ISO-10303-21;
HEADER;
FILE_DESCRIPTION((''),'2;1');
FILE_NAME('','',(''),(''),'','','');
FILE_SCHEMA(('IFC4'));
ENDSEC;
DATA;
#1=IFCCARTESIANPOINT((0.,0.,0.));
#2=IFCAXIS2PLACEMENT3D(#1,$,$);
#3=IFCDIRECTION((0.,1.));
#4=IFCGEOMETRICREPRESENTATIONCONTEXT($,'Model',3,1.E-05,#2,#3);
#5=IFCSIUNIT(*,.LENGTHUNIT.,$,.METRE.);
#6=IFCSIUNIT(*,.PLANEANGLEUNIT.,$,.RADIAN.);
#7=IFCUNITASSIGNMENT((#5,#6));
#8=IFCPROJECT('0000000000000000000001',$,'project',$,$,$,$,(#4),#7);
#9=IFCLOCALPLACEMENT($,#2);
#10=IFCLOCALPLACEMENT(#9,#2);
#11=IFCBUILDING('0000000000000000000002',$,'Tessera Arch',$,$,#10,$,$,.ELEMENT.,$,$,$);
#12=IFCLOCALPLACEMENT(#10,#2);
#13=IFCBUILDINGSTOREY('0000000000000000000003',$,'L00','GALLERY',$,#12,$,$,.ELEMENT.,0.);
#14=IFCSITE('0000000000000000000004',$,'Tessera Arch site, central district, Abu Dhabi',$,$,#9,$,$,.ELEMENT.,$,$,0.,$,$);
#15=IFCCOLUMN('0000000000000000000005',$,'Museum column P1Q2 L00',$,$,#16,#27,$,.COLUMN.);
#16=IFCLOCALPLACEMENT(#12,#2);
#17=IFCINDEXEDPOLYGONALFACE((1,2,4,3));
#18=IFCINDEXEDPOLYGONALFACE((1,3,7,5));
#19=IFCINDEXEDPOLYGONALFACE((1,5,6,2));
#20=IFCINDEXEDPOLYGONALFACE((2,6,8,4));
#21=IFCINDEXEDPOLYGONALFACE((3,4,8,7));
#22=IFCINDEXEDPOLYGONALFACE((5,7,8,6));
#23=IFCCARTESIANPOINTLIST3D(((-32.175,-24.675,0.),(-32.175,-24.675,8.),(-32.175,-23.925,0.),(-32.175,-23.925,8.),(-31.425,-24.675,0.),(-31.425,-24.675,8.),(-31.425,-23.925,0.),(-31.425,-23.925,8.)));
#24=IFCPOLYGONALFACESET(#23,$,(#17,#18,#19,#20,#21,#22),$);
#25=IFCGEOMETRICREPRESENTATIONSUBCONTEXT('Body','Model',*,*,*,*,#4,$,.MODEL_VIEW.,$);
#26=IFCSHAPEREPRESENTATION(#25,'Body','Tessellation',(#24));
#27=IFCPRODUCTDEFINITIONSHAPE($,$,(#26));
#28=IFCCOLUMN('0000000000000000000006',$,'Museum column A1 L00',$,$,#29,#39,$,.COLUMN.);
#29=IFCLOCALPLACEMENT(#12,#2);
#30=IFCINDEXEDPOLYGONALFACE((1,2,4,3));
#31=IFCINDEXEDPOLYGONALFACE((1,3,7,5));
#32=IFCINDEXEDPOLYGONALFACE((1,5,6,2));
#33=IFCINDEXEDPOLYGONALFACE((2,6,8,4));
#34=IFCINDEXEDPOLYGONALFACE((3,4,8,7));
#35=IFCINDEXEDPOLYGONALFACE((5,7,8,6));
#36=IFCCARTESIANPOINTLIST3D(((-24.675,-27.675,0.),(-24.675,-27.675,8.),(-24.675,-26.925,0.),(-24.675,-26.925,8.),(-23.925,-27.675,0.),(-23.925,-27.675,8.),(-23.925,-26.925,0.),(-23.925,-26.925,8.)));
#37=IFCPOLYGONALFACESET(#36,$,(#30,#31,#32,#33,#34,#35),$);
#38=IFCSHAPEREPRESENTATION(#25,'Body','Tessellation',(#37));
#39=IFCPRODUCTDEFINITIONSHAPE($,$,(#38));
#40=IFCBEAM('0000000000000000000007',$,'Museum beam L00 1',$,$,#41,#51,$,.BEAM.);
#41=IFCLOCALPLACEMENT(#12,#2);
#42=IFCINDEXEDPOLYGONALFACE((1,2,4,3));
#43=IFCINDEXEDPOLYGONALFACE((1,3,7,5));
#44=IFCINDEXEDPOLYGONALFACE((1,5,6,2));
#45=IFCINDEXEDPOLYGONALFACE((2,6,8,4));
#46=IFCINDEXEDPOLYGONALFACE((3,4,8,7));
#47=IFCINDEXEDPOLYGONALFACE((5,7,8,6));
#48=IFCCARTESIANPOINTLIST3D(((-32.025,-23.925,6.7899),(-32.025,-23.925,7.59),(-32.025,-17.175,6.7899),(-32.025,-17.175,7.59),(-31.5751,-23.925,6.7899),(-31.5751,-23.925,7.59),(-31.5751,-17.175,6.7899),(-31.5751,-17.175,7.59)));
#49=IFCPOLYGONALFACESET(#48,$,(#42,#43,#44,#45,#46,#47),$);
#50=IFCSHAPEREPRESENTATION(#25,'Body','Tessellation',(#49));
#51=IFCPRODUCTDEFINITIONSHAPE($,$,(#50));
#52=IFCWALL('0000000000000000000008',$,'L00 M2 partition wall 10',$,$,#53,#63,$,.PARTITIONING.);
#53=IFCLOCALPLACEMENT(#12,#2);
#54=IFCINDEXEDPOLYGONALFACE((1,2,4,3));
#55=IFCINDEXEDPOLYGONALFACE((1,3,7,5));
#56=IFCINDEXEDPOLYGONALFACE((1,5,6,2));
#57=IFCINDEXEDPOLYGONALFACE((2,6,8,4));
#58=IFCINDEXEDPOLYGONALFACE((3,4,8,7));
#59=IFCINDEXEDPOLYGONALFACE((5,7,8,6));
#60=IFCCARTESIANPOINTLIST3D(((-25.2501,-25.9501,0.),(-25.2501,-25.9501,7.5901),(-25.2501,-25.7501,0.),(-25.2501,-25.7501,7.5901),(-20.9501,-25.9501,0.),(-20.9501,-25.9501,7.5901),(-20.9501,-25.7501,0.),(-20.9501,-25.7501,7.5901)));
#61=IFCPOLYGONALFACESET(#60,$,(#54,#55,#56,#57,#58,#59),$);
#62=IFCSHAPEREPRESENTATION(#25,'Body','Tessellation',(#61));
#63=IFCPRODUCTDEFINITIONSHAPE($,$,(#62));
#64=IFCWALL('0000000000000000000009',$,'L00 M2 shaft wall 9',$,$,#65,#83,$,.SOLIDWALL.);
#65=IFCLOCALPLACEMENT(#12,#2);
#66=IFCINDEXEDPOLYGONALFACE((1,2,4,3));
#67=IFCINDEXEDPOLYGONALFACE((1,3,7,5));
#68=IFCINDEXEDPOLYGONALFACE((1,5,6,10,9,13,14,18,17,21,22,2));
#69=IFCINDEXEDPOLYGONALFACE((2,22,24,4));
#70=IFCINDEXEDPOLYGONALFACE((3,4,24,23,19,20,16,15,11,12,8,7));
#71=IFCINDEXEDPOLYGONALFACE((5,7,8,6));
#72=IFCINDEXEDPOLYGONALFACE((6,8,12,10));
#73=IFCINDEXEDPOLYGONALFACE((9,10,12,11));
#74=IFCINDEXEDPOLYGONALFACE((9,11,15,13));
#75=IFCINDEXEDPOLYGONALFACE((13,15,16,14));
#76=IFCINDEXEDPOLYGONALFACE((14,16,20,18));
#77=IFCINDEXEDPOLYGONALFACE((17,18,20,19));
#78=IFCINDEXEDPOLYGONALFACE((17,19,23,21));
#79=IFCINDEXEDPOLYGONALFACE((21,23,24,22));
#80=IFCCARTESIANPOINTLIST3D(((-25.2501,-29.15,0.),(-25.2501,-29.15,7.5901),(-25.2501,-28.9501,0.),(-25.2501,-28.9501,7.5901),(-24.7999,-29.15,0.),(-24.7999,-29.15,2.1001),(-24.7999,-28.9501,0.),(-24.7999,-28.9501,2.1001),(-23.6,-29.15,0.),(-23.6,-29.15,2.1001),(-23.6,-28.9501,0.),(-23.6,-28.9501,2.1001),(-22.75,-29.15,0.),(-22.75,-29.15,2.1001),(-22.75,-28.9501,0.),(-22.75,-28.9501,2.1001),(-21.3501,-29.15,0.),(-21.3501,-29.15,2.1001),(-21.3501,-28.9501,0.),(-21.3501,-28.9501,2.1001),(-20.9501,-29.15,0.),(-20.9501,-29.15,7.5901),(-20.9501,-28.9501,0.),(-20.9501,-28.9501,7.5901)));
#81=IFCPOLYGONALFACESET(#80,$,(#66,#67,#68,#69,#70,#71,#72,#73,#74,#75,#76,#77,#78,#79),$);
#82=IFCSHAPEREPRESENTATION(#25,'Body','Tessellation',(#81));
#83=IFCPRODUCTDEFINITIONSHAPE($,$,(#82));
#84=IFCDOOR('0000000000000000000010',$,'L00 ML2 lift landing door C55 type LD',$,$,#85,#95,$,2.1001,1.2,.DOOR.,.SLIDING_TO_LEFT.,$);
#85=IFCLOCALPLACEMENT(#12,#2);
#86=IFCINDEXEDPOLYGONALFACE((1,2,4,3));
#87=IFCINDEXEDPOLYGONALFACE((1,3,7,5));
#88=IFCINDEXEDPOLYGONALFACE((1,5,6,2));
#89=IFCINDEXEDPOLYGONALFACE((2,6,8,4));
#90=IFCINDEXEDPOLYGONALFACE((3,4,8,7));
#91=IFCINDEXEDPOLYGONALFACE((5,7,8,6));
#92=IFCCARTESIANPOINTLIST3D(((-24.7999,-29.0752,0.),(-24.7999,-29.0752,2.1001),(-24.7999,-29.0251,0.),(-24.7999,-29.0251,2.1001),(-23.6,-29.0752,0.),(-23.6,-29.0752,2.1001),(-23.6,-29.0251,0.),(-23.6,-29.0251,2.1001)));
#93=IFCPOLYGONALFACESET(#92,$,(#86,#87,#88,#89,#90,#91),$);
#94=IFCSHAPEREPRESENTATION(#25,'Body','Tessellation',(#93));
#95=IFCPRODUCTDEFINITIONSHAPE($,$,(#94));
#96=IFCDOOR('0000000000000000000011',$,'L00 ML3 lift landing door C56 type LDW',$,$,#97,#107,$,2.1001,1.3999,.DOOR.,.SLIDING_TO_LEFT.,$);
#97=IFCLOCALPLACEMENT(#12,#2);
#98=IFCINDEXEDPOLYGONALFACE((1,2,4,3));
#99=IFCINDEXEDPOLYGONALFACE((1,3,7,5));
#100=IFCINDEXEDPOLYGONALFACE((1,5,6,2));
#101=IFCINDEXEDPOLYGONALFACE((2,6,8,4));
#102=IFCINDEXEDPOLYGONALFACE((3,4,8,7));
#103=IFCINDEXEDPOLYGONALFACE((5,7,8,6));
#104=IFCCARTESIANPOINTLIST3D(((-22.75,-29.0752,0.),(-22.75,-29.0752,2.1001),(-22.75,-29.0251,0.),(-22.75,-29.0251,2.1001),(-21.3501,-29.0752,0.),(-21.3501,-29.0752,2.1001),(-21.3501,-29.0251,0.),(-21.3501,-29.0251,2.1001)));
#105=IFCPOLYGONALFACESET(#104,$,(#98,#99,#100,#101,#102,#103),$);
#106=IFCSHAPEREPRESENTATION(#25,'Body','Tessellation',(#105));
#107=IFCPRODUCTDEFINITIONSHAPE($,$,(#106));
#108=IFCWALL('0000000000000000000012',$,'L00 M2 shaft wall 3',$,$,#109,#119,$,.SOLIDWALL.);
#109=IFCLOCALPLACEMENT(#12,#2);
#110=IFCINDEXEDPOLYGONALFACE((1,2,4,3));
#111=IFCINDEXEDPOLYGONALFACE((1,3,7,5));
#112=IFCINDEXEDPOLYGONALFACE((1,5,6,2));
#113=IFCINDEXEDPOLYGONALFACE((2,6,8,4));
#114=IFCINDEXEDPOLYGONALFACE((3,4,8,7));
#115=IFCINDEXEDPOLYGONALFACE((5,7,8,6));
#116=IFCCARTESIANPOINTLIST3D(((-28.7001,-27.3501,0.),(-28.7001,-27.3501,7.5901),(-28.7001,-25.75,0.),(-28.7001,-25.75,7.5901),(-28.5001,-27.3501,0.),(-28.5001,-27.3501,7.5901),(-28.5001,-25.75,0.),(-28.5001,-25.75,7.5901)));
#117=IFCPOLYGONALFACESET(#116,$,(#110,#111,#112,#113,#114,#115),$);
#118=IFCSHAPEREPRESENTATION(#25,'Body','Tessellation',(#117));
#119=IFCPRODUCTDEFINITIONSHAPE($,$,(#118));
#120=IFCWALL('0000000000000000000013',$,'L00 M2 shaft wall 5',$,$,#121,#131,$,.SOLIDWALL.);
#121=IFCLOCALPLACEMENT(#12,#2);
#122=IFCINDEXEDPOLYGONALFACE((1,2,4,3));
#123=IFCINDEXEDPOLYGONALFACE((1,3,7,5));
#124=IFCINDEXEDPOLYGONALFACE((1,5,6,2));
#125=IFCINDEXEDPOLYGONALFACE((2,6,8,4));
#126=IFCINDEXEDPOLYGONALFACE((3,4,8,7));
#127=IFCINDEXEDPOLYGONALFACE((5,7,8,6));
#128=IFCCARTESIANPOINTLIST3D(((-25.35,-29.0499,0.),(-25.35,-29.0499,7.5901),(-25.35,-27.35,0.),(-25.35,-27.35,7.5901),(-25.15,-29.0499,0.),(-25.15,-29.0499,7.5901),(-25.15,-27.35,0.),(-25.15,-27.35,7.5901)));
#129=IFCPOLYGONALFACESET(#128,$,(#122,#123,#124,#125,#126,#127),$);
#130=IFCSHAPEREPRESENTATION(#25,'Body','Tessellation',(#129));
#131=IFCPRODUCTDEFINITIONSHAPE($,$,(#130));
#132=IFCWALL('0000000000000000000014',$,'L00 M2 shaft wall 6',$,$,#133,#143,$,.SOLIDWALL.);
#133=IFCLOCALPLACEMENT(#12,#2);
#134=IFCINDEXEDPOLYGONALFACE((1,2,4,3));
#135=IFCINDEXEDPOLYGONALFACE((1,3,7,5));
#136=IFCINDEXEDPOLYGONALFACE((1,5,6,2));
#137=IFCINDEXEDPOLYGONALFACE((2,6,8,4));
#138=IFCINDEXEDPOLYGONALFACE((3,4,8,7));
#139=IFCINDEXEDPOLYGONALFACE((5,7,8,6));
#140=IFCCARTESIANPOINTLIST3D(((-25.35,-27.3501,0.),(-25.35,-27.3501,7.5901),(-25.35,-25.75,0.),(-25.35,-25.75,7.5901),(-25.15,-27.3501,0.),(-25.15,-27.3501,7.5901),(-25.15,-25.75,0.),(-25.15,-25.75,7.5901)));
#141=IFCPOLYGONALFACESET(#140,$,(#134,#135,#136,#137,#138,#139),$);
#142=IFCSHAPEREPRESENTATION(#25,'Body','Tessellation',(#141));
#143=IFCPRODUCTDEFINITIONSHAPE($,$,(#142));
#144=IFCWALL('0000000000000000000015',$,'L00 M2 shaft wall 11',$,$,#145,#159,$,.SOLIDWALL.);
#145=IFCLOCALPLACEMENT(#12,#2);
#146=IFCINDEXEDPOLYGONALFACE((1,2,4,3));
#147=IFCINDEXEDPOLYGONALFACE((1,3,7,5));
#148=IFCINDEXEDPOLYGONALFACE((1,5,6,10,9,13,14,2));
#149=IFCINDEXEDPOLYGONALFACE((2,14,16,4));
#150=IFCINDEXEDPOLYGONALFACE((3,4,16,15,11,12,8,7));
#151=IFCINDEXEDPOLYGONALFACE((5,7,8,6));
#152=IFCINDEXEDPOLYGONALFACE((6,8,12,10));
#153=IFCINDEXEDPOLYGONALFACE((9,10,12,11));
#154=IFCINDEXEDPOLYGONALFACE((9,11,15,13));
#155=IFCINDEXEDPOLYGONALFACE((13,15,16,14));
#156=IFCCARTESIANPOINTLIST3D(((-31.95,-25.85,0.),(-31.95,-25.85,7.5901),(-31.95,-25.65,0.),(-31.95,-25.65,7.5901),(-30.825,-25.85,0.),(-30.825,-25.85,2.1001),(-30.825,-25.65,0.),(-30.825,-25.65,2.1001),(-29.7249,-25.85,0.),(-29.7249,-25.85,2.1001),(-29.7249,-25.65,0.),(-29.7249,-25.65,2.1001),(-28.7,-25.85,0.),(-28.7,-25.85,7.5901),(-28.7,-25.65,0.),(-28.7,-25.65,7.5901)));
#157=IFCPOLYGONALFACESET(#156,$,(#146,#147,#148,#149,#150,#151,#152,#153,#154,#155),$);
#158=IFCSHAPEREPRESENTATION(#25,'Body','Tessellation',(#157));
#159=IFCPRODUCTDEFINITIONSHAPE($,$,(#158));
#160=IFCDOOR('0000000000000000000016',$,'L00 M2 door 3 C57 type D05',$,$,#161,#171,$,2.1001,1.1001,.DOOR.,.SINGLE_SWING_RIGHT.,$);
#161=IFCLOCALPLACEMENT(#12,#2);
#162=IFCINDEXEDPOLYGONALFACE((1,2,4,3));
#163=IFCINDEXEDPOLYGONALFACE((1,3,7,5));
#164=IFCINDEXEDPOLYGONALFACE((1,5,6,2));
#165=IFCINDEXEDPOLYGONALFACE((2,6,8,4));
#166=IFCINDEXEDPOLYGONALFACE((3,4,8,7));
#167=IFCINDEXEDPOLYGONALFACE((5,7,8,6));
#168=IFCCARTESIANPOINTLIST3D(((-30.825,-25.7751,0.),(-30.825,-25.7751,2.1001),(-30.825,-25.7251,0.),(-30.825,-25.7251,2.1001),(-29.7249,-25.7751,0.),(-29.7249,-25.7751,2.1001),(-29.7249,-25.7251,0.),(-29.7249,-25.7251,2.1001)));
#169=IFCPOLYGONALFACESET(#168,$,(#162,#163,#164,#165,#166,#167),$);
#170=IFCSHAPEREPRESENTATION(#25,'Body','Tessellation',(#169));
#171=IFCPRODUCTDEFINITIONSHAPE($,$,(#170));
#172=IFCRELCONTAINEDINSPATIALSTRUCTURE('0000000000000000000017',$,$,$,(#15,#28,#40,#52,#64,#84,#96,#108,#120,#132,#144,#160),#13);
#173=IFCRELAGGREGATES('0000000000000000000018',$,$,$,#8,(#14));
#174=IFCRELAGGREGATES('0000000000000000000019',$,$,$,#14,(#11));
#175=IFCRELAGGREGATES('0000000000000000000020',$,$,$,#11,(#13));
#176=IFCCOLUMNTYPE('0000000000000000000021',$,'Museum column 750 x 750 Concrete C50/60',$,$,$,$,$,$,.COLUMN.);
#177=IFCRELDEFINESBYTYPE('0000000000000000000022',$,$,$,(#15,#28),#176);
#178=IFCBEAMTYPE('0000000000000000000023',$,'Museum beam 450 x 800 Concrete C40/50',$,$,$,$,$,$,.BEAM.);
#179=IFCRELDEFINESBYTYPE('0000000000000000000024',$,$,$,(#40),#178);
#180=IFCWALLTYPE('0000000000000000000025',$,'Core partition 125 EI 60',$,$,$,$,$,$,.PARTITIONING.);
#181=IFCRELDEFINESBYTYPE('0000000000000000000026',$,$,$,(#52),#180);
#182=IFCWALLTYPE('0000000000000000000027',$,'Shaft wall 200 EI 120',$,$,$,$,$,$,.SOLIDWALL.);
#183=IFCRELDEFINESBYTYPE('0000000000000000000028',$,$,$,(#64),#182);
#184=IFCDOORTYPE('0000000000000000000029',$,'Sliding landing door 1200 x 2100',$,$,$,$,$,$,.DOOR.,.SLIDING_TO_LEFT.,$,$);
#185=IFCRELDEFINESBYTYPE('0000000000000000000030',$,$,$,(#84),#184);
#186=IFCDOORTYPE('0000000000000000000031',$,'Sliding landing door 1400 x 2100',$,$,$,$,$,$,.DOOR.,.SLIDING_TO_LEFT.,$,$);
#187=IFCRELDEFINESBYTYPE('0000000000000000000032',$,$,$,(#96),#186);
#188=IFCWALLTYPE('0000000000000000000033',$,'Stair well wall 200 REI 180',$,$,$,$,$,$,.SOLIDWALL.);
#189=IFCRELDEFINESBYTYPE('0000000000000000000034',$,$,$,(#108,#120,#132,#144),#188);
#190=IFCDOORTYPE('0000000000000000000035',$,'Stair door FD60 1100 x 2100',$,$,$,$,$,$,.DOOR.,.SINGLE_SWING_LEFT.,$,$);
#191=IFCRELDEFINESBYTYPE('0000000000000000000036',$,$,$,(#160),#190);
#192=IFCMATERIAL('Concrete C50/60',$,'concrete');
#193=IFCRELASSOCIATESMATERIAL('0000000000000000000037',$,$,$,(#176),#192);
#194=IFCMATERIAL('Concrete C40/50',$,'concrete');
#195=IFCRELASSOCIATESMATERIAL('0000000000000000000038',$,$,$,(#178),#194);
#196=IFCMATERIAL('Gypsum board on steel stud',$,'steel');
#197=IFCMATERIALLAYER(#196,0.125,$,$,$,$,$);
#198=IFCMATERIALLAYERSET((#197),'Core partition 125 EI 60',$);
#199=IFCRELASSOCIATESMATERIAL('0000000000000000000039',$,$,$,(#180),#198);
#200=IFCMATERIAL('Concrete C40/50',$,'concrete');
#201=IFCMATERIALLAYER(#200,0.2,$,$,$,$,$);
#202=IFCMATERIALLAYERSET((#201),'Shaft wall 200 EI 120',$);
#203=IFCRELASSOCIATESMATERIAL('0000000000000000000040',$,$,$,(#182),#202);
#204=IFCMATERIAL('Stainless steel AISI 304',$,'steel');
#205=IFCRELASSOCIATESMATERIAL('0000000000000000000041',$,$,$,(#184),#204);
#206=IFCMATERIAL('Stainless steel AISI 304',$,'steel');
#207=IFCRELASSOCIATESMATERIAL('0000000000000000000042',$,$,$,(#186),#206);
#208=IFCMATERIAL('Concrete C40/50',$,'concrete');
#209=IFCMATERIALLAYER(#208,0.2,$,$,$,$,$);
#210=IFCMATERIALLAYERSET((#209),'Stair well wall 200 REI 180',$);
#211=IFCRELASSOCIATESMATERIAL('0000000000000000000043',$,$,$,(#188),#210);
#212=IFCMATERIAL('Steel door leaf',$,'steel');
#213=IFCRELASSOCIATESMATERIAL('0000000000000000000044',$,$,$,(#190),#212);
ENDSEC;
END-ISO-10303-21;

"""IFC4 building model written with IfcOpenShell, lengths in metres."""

from ifc_helpers import new_model, si_unit, direction, frame, frame_2d, origin, origin_2d, place, context, subcontext, project, spatial, rectangle, extrude, material, layer, layer_set, material_profile, profile_set, type_object, element, fill, save


model = new_model("IFC4")

# Units and contexts
model_context = context("Model", 3, precision=1e-05, world=origin(), true_north=direction((0.0, 1.0)))
body_context = subcontext(model_context, "Body", "Model", "MODEL_VIEW")
ifc_project = project(units=[si_unit("LENGTHUNIT", "METRE"), si_unit("PLANEANGLEUNIT", "RADIAN")], contexts=[model_context])

# Site, building, storey
site_placement = place(None, origin())
site = spatial("IfcSite", under=ifc_project, at=site_placement, Name="Tessera Arch site, central district, Abu Dhabi", CompositionType="ELEMENT", RefElevation=0.0)
building_placement = place(site_placement, origin())
building = spatial("IfcBuilding", under=site, at=building_placement, Name="Tessera Arch", CompositionType="ELEMENT")
storey_placement = place(building_placement, origin())
storey = spatial("IfcBuildingStorey", under=building, at=storey_placement, Name="L00", Description="GALLERY", CompositionType="ELEMENT", Elevation=0.0)

# Columns
ifc_material_1 = material(Name="Concrete C50/60", Category="concrete")
ifc_material_profile_1 = material_profile(ifc_material_1, rectangle(XDim=0.75, YDim=0.75, at=origin_2d()), Name="Museum column 750 x 750 Concrete C50/60")
ifc_profile_set_1 = profile_set([ifc_material_profile_1], Name="Concrete C50/60")
column_type = type_object("IfcColumnType", Name="Museum column 750 x 750 Concrete C50/60", PredefinedType="COLUMN", material=ifc_profile_set_1)
for number, where, z_axis, x_axis, name in (
    (1, (-31.8, -24.3, 0.0), (0.0, 0.0, 1.0), (1.0, 0.0, 0.0), "Museum column P1Q2 L00"),
    (2, (-24.3, -27.3, 0.0), (0.0, 0.0, 1.0), (1.0, 0.0, 0.0), "Museum column A1 L00"),
):
    element("IfcColumn", number, at=place(storey_placement, frame(where, z_axis=z_axis, x_axis=x_axis)), inside=storey, type_object=column_type, Name=name, PredefinedType="COLUMN", context=body_context, shape_type="SweptSolid", body=[
        extrude(rectangle(XDim=0.75, YDim=0.75, at=origin_2d()), origin(), (0.0, 0.0, 1.0), 8.0),
    ])

# Beam
ifc_material_2 = material(Name="Concrete C40/50", Category="concrete")
ifc_material_profile_2 = material_profile(ifc_material_2, rectangle(XDim=0.45, YDim=0.8, at=origin_2d()), Name="Museum beam 450 x 800 Concrete C40/50")
ifc_profile_set_2 = profile_set([ifc_material_profile_2], Name="Concrete C40/50")
beam_type = type_object("IfcBeamType", Name="Museum beam 450 x 800 Concrete C40/50", PredefinedType="BEAM", material=ifc_profile_set_2)
beam_placement = place(storey_placement, frame((-31.8, -23.925, 7.1899), z_axis=(0.0, 1.0, 0.0), x_axis=(-1.0, 0.0, 0.0)))
element("IfcBeam", 3, at=beam_placement, inside=storey, type_object=beam_type, Name="Museum beam L00 1", PredefinedType="BEAM", context=body_context, shape_type="SweptSolid", body=[
    extrude(rectangle(XDim=0.45, YDim=0.8, at=origin_2d()), origin(), (0.0, 0.0, 1.0), 6.75),
])

# Wall
ifc_material_3 = material(Name="Gypsum board on steel stud", Category="steel")
ifc_layer_1 = layer(ifc_material_3, 0.125)
ifc_layer_set_1 = layer_set([ifc_layer_1], Name="Core partition 125 EI 60")
wall_type_1 = type_object("IfcWallType", Name="Core partition 125 EI 60", PredefinedType="PARTITIONING", material=ifc_layer_set_1)
wall_1_placement = place(storey_placement, frame((-25.25, -25.8501, 0.0), z_axis=(0.0, 0.0, 1.0), x_axis=(1.0, 0.0, 0.0)))
element("IfcWall", 4, at=wall_1_placement, inside=storey, type_object=wall_type_1, Name="L00 M2 partition wall 10", PredefinedType="PARTITIONING", context=body_context, shape_type="SweptSolid", body=[
    extrude(rectangle(XDim=4.3, YDim=0.2, at=frame_2d((2.1499, 0.0))), origin(), (0.0, 0.0, 1.0), 7.5901),
])

# Wall, openings, doors
ifc_material_4 = material(Name="Concrete C40/50", Category="concrete")
ifc_layer_2 = layer(ifc_material_4, 0.2)
ifc_layer_set_2 = layer_set([ifc_layer_2], Name="Shaft wall 200 EI 120")
wall_type_2 = type_object("IfcWallType", Name="Shaft wall 200 EI 120", PredefinedType="SOLIDWALL", material=ifc_layer_set_2)
wall_2_placement = place(storey_placement, frame((-25.25, -29.05, 0.0), z_axis=(0.0, 0.0, 1.0), x_axis=(1.0, 0.0, 0.0)))
wall_2 = element("IfcWall", 5, at=wall_2_placement, inside=storey, type_object=wall_type_2, Name="L00 M2 shaft wall 9", PredefinedType="SOLIDWALL", context=body_context, shape_type="SweptSolid", body=[
    extrude(rectangle(XDim=4.3, YDim=0.2, at=frame_2d((2.1499, 0.0))), origin(), (0.0, 0.0, 1.0), 7.5901),
])
opening_1_placement = place(wall_2_placement, frame((0.45, 0.0, 0.0)))
opening_1 = element("IfcOpeningElement", 6, at=opening_1_placement, cuts=wall_2, PredefinedType="OPENING", context=body_context, shape_type="SweptSolid", body=[
    extrude(rectangle(XDim=1.2, YDim=2.1001, at=frame_2d((0.6001, 1.05))), frame((0.0, 0.1099, 0.0), z_axis=(0.0, -1.0, 0.0), x_axis=(1.0, 0.0, 0.0)), (0.0, 0.0, 1.0), 0.22),
])
opening_2_placement = place(wall_2_placement, frame((2.5, 0.0, 0.0)))
opening_2 = element("IfcOpeningElement", 7, at=opening_2_placement, cuts=wall_2, PredefinedType="OPENING", context=body_context, shape_type="SweptSolid", body=[
    extrude(rectangle(XDim=1.3999, YDim=2.1001, at=frame_2d((0.7, 1.05))), frame((0.0, 0.1099, 0.0), z_axis=(0.0, -1.0, 0.0), x_axis=(1.0, 0.0, 0.0)), (0.0, 0.0, 1.0), 0.22),
])
ifc_material_5 = material(Name="Stainless steel AISI 304", Category="steel")
door_type_1 = type_object("IfcDoorType", Name="Sliding landing door 1200 x 2100", OperationType="SLIDING_TO_LEFT", PredefinedType="DOOR", material=ifc_material_5)
door_1_placement = place(opening_1_placement, origin())
door_1 = element("IfcDoor", 8, at=door_1_placement, inside=storey, type_object=door_type_1, Name="L00 ML2 lift landing door C55 type LD", OperationType="SLIDING_TO_LEFT", OverallHeight=2.1001, OverallWidth=1.2, PredefinedType="DOOR", context=body_context, shape_type="SweptSolid", body=[
    extrude(rectangle(XDim=1.2, YDim=2.1001, at=frame_2d((0.6001, 1.05))), frame((0.0, 0.0249, 0.0), z_axis=(0.0, -1.0, 0.0), x_axis=(1.0, 0.0, 0.0)), (0.0, 0.0, 1.0), 0.05),
])
fill(opening_1, door_1)
ifc_material_6 = material(Name="Stainless steel AISI 304", Category="steel")
door_type_2 = type_object("IfcDoorType", Name="Sliding landing door 1400 x 2100", OperationType="SLIDING_TO_LEFT", PredefinedType="DOOR", material=ifc_material_6)
door_2_placement = place(opening_2_placement, origin())
door_2 = element("IfcDoor", 9, at=door_2_placement, inside=storey, type_object=door_type_2, Name="L00 ML3 lift landing door C56 type LDW", OperationType="SLIDING_TO_LEFT", OverallHeight=2.1001, OverallWidth=1.3999, PredefinedType="DOOR", context=body_context, shape_type="SweptSolid", body=[
    extrude(rectangle(XDim=1.3999, YDim=2.1001, at=frame_2d((0.7, 1.05))), frame((0.0, 0.0249, 0.0), z_axis=(0.0, -1.0, 0.0), x_axis=(1.0, 0.0, 0.0)), (0.0, 0.0, 1.0), 0.05),
])
fill(opening_2, door_2)

# Walls
ifc_material_7 = material(Name="Concrete C40/50", Category="concrete")
ifc_layer_3 = layer(ifc_material_7, 0.2)
ifc_layer_set_3 = layer_set([ifc_layer_3], Name="Stair well wall 200 REI 180")
wall_type_3 = type_object("IfcWallType", Name="Stair well wall 200 REI 180", PredefinedType="SOLIDWALL", material=ifc_layer_set_3)
wall_3_placement = place(storey_placement, frame((-28.6001, -27.3501, 0.0), z_axis=(0.0, 0.0, 1.0), x_axis=(0.0, 1.0, 0.0)))
element("IfcWall", 10, at=wall_3_placement, inside=storey, type_object=wall_type_3, Name="L00 M2 shaft wall 3", PredefinedType="SOLIDWALL", context=body_context, shape_type="SweptSolid", body=[
    extrude(rectangle(XDim=1.6001, YDim=0.2, at=frame_2d((0.8, 0.0))), origin(), (0.0, 0.0, 1.0), 7.5901),
])
wall_4_placement = place(storey_placement, frame((-25.25, -29.05, 0.0), z_axis=(0.0, 0.0, 1.0), x_axis=(0.0, 1.0, 0.0)))
element("IfcWall", 11, at=wall_4_placement, inside=storey, type_object=wall_type_3, Name="L00 M2 shaft wall 5", PredefinedType="SOLIDWALL", context=body_context, shape_type="SweptSolid", body=[
    extrude(rectangle(XDim=1.7, YDim=0.2, at=frame_2d((0.8501, 0.0))), origin(), (0.0, 0.0, 1.0), 7.5901),
])
wall_5_placement = place(storey_placement, frame((-25.25, -27.3501, 0.0), z_axis=(0.0, 0.0, 1.0), x_axis=(0.0, 1.0, 0.0)))
element("IfcWall", 12, at=wall_5_placement, inside=storey, type_object=wall_type_3, Name="L00 M2 shaft wall 6", PredefinedType="SOLIDWALL", context=body_context, shape_type="SweptSolid", body=[
    extrude(rectangle(XDim=1.6001, YDim=0.2, at=frame_2d((0.8, 0.0))), origin(), (0.0, 0.0, 1.0), 7.5901),
])

# Wall, opening, door
wall_6_placement = place(storey_placement, frame((-31.95, -25.75, 0.0), z_axis=(0.0, 0.0, 1.0), x_axis=(1.0, 0.0, 0.0)))
wall_6 = element("IfcWall", 13, at=wall_6_placement, inside=storey, type_object=wall_type_3, Name="L00 M2 shaft wall 11", PredefinedType="SOLIDWALL", context=body_context, shape_type="SweptSolid", body=[
    extrude(rectangle(XDim=3.25, YDim=0.2, at=frame_2d((1.625, 0.0))), origin(), (0.0, 0.0, 1.0), 7.5901),
])
opening_3_placement = place(wall_6_placement, frame((1.125, 0.0, 0.0)))
opening_3 = element("IfcOpeningElement", 14, at=opening_3_placement, cuts=wall_6, PredefinedType="OPENING", context=body_context, shape_type="SweptSolid", body=[
    extrude(rectangle(XDim=1.1001, YDim=2.1001, at=frame_2d((0.55, 1.05))), frame((0.0, 0.1099, 0.0), z_axis=(0.0, -1.0, 0.0), x_axis=(1.0, 0.0, 0.0)), (0.0, 0.0, 1.0), 0.22),
])
ifc_material_8 = material(Name="Steel door leaf", Category="steel")
door_type_3 = type_object("IfcDoorType", Name="Stair door FD60 1100 x 2100", OperationType="SINGLE_SWING_LEFT", PredefinedType="DOOR", material=ifc_material_8)
door_3_placement = place(opening_3_placement, origin())
door_3 = element("IfcDoor", 15, at=door_3_placement, inside=storey, type_object=door_type_3, Name="L00 M2 door 3 C57 type D05", OperationType="SINGLE_SWING_RIGHT", OverallHeight=2.1001, OverallWidth=1.1001, PredefinedType="DOOR", context=body_context, shape_type="SweptSolid", body=[
    extrude(rectangle(XDim=1.1001, YDim=2.1001, at=frame_2d((0.55, 1.05))), frame((0.0, 0.0249, 0.0), z_axis=(0.0, -1.0, 0.0), x_axis=(1.0, 0.0, 0.0)), (0.0, 0.0, 1.0), 0.05),
])
fill(opening_3, door_3)

save(model, "model.ifc")
